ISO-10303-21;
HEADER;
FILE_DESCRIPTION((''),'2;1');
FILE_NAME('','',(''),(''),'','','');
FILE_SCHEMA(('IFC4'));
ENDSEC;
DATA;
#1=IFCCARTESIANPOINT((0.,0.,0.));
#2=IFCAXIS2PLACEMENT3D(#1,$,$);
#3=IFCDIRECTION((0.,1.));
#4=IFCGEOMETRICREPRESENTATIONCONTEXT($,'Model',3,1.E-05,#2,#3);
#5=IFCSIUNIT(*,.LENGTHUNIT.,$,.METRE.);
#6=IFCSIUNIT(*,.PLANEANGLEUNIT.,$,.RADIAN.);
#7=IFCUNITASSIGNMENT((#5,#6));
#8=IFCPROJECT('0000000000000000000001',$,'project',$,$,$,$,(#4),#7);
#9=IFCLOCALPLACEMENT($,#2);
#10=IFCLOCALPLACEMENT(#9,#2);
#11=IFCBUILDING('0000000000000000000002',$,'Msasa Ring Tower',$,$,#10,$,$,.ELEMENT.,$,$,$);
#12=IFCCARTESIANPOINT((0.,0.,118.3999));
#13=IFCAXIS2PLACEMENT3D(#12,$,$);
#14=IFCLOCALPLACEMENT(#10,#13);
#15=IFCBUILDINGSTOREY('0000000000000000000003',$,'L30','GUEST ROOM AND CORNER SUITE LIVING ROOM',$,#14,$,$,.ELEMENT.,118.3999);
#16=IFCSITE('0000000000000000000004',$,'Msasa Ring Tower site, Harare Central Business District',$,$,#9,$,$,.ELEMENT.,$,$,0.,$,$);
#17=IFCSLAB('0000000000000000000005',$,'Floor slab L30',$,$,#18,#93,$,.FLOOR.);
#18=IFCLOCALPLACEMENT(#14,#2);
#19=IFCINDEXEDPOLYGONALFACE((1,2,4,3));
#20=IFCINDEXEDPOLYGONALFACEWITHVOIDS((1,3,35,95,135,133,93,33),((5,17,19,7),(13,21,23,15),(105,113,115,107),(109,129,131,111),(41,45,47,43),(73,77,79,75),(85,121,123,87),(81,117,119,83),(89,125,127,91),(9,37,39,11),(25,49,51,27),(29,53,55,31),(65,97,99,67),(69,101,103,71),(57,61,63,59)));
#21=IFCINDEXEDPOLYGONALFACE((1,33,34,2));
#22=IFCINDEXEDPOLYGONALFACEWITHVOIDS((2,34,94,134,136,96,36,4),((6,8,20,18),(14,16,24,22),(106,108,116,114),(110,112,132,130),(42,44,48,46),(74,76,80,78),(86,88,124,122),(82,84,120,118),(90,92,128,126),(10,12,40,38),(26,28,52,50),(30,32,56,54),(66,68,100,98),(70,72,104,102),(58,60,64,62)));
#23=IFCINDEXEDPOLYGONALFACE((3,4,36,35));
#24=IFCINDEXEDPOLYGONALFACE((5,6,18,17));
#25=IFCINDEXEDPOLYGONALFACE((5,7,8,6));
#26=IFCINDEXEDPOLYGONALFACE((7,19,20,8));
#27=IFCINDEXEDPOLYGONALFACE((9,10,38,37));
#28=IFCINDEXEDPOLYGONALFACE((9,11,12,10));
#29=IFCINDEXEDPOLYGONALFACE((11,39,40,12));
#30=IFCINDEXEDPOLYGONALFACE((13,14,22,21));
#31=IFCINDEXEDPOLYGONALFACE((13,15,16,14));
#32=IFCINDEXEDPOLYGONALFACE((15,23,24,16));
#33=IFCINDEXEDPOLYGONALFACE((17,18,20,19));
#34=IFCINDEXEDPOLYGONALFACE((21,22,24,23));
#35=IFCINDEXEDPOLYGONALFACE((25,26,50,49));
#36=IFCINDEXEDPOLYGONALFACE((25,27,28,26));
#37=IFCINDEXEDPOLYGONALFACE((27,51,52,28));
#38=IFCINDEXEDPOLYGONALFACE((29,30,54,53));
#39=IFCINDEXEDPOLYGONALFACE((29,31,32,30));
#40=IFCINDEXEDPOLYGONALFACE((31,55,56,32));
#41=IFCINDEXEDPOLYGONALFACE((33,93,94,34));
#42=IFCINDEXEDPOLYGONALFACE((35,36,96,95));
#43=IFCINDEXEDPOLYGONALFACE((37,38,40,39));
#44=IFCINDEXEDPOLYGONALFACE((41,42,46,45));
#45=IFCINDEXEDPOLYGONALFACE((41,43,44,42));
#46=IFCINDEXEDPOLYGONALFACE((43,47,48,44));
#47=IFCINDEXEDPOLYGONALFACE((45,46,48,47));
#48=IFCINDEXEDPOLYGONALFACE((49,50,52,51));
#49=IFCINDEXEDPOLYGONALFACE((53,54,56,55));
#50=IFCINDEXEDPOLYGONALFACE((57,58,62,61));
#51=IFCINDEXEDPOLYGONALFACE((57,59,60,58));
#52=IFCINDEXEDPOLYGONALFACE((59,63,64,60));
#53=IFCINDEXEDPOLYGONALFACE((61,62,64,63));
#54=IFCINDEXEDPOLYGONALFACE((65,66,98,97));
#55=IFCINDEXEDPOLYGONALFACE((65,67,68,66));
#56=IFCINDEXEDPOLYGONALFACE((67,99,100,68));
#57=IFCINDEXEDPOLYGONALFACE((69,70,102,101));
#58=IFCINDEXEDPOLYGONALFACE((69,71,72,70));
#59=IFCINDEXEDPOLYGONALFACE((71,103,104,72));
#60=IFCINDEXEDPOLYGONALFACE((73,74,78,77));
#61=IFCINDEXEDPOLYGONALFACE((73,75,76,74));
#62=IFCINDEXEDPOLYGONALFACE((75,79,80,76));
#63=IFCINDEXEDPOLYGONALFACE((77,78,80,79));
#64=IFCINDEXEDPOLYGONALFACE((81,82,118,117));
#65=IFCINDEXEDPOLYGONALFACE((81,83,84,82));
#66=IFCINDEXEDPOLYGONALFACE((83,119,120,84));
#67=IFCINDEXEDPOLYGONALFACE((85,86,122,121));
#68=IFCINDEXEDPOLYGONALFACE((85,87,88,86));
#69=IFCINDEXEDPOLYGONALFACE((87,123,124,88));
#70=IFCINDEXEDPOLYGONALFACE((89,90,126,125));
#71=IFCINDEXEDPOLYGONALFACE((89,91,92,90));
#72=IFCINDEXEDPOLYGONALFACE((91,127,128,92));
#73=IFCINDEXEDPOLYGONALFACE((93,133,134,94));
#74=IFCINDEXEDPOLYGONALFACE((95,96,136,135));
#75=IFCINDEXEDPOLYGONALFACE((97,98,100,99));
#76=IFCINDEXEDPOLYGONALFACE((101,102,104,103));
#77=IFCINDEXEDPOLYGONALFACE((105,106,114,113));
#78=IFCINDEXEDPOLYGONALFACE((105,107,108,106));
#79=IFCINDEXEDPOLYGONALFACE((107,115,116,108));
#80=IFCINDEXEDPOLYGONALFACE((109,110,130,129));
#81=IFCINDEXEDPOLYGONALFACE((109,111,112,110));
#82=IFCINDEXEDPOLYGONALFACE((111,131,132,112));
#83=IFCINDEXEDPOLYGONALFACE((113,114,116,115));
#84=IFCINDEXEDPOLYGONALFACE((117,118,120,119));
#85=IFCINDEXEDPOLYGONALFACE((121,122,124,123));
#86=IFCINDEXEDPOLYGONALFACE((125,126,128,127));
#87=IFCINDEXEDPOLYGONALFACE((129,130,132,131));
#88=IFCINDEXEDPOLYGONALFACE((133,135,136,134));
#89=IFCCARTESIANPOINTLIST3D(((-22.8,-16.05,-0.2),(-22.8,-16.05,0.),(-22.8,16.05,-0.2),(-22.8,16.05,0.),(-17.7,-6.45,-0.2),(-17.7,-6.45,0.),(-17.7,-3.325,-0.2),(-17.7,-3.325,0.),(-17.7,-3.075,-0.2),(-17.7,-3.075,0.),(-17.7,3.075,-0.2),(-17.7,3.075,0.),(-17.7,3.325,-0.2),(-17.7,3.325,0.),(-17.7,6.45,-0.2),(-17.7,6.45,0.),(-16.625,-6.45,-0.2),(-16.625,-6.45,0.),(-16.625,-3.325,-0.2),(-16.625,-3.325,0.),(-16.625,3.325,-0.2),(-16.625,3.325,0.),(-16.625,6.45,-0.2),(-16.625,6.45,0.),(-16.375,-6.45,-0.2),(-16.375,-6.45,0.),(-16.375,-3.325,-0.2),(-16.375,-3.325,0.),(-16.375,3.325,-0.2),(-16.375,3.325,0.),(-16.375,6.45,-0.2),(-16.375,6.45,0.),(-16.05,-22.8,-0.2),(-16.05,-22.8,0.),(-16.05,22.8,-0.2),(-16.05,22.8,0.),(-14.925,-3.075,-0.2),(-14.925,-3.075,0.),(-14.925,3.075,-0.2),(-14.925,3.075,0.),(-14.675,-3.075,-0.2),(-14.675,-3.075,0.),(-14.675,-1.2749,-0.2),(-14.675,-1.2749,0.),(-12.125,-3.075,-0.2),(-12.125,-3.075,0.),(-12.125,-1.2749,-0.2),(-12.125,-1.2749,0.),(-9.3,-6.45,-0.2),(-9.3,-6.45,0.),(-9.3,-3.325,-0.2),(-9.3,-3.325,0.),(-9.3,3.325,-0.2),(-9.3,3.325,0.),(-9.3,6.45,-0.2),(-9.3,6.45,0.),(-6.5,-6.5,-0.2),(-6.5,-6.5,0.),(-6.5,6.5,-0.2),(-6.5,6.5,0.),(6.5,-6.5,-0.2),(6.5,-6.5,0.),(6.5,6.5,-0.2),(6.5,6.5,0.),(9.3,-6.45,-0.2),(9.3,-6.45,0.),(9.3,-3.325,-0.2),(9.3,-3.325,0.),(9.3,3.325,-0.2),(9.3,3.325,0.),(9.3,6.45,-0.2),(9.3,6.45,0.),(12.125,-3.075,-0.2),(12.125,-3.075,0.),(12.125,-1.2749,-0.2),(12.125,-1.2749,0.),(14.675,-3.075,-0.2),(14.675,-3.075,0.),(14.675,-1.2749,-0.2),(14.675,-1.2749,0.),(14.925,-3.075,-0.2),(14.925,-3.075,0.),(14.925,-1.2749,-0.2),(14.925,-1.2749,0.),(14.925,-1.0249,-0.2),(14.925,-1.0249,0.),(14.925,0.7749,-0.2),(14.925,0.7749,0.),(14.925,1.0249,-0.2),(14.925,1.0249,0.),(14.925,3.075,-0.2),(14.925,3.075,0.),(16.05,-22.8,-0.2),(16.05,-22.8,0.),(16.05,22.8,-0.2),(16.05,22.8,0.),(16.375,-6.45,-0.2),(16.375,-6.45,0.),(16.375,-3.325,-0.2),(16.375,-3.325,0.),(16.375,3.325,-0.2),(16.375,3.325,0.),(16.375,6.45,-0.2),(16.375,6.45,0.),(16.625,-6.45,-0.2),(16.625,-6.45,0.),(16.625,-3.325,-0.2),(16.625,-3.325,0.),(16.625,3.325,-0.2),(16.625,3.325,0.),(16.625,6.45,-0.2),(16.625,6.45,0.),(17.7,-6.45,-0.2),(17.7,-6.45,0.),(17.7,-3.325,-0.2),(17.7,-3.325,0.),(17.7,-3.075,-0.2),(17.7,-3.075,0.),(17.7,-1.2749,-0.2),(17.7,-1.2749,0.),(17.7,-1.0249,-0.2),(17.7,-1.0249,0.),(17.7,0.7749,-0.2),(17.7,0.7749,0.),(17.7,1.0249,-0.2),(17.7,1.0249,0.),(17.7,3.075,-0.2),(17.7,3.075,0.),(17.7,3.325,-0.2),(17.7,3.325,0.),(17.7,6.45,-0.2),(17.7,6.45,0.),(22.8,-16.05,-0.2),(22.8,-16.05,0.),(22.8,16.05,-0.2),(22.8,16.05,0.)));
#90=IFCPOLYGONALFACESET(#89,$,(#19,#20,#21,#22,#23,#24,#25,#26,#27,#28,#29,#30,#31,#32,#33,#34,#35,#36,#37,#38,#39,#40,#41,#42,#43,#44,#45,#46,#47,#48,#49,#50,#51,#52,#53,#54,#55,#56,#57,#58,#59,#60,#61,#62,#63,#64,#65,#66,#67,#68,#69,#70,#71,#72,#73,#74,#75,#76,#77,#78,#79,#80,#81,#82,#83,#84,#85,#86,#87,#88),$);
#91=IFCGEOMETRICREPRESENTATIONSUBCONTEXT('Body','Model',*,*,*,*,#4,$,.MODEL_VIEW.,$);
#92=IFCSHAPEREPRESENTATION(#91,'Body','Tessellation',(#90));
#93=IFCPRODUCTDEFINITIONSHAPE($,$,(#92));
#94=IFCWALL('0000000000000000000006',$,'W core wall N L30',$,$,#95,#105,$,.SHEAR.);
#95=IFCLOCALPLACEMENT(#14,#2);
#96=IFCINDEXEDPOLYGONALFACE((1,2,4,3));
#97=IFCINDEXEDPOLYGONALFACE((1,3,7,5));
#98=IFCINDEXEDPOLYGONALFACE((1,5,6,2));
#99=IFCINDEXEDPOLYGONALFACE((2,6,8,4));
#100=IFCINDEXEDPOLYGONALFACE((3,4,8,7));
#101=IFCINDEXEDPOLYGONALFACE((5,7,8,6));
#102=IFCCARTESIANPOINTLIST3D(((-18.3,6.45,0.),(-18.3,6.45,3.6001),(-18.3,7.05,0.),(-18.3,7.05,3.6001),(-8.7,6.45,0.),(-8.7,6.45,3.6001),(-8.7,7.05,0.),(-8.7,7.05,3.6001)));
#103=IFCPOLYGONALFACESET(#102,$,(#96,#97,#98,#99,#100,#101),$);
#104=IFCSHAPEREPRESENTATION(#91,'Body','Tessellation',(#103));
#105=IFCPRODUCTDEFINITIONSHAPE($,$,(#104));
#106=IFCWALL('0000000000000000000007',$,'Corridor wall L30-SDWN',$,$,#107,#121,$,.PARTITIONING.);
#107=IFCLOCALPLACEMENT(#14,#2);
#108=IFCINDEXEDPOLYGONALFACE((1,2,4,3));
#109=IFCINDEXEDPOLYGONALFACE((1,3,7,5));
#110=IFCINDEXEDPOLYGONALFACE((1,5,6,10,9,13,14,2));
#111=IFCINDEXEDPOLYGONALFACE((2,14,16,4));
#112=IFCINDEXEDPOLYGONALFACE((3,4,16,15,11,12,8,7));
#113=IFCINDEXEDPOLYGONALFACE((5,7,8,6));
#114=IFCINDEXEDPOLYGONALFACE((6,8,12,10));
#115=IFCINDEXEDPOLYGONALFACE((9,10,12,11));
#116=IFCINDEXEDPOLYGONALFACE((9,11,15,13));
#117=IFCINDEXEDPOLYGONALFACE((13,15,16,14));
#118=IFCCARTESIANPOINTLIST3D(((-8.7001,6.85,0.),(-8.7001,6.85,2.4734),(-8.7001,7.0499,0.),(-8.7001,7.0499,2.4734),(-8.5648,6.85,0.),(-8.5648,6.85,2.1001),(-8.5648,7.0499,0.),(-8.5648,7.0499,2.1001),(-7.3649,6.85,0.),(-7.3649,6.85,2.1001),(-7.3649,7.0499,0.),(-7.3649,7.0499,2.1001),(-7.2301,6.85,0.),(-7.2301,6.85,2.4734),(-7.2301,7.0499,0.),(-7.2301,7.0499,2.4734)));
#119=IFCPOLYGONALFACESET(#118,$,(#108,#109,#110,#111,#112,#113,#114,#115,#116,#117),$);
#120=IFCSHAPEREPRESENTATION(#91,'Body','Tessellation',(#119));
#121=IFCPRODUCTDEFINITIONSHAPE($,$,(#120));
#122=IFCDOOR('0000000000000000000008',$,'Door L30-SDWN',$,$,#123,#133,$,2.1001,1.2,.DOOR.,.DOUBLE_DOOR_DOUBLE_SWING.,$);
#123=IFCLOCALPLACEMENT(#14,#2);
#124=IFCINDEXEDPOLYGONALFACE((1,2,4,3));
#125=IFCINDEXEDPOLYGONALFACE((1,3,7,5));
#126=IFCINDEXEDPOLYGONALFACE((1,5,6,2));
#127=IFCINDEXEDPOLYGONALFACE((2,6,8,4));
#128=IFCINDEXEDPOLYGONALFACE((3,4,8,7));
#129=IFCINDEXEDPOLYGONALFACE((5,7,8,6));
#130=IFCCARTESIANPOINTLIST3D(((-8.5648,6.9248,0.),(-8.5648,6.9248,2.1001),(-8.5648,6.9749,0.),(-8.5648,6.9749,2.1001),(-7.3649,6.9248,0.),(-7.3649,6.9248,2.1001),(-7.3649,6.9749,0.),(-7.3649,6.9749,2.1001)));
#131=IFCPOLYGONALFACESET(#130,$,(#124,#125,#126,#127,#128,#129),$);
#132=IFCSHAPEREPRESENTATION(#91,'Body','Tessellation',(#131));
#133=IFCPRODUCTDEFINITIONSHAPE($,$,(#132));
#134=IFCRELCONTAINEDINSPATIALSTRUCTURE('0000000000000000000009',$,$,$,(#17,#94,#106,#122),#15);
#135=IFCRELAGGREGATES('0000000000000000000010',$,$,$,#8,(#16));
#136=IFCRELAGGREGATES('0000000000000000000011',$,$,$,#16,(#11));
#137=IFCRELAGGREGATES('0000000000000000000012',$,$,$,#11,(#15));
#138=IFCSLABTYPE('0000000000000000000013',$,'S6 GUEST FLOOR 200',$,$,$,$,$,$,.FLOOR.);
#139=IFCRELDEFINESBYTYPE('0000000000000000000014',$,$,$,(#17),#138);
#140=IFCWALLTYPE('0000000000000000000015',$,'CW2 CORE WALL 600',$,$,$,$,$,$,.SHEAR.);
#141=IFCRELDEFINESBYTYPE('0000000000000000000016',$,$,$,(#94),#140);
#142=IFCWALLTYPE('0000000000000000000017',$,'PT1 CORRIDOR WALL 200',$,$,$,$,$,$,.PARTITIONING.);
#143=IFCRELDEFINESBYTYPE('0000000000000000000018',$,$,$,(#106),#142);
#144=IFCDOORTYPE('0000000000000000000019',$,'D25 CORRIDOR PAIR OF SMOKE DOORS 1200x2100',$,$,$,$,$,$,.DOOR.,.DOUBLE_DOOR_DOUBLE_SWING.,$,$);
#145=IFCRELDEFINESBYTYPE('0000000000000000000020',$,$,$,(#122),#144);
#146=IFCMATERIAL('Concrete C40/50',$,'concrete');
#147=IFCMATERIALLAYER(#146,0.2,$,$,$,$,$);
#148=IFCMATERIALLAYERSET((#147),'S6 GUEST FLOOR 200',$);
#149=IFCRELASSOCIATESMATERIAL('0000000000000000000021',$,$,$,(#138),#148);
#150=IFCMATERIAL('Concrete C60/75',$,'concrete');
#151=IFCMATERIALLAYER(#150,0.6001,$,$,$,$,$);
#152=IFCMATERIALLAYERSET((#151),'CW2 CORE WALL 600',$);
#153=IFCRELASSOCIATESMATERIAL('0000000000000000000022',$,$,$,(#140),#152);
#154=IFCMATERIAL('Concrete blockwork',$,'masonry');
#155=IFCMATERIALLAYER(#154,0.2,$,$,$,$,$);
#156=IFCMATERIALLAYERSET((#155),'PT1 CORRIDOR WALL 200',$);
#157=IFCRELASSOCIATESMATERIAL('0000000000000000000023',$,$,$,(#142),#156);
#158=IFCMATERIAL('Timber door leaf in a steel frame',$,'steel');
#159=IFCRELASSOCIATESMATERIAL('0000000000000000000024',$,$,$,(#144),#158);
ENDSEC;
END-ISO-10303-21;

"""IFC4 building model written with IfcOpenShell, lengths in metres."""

from ifc_helpers import new_model, si_unit, direction, frame, frame_2d, origin, place, context, subcontext, project, spatial, polyline, rectangle, outline, extrude, material, layer, layer_set, type_object, element, fill, save


model = new_model("IFC4")

# Units and contexts
model_context = context("Model", 3, precision=1e-05, world=origin(), true_north=direction((0.0, 1.0)))
body_context = subcontext(model_context, "Body", "Model", "MODEL_VIEW")
ifc_project = project(units=[si_unit("LENGTHUNIT", "METRE"), si_unit("PLANEANGLEUNIT", "RADIAN")], contexts=[model_context])

# Site, building, storey
site_placement = place(None, origin())
site = spatial("IfcSite", under=ifc_project, at=site_placement, Name="Msasa Ring Tower site, Harare Central Business District", CompositionType="ELEMENT", RefElevation=0.0)
building_placement = place(site_placement, origin())
building = spatial("IfcBuilding", under=site, at=building_placement, Name="Msasa Ring Tower", CompositionType="ELEMENT")
storey_placement = place(building_placement, frame((0.0, 0.0, 118.3999)))
storey = spatial("IfcBuildingStorey", under=building, at=storey_placement, Name="L30", Description="GUEST ROOM AND CORNER SUITE LIVING ROOM", CompositionType="ELEMENT", Elevation=118.3999)

# Slab
ifc_material_1 = material(Name="Concrete C40/50", Category="concrete")
ifc_layer_1 = layer(ifc_material_1, 0.2)
ifc_layer_set_1 = layer_set([ifc_layer_1], Name="S6 GUEST FLOOR 200")
slab_type = type_object("IfcSlabType", Name="S6 GUEST FLOOR 200", PredefinedType="FLOOR", material=ifc_layer_set_1)
slab_placement = place(storey_placement, frame((0.0, 0.0, -0.2)))
element("IfcSlab", 1, at=slab_placement, inside=storey, type_object=slab_type, Name="Floor slab L30", PredefinedType="FLOOR", context=body_context, shape_type="SweptSolid", body=[
    extrude(outline(polyline([(-16.05, -22.8), (16.05, -22.8), (22.8, -16.05), (22.8, 16.05), (16.05, 22.8), (-16.05, 22.8), (-22.8, 16.05), (-22.8, -16.05), (-16.05, -22.8)]), holes=[polyline([(-6.5, -6.5), (6.5, -6.5), (6.5, 6.5), (-6.5, 6.5), (-6.5, -6.5)]), polyline([(9.3, -6.45), (16.375, -6.45), (16.375, -3.325), (9.3, -3.325), (9.3, -6.45)]), polyline([(9.3, 3.325), (16.375, 3.325), (16.375, 6.45), (9.3, 6.45), (9.3, 3.325)]), polyline([(12.125, -3.075), (14.675, -3.075), (14.675, -1.2749), (12.125, -1.2749), (12.125, -3.075)]), polyline([(16.625, -6.45), (17.7, -6.45), (17.7, -3.325), (16.625, -3.325), (16.625, -6.45)]), polyline([(16.625, 3.325), (17.7, 3.325), (17.7, 6.45), (16.625, 6.45), (16.625, 3.325)]), polyline([(14.925, -3.075), (17.7, -3.075), (17.7, -1.2749), (14.925, -1.2749), (14.925, -3.075)]), polyline([(14.925, -1.0249), (17.7, -1.0249), (17.7, 0.7749), (14.925, 0.7749), (14.925, -1.0249)]), polyline([(14.925, 1.0249), (17.7, 1.0249), (17.7, 3.075), (14.925, 3.075), (14.925, 1.0249)]), polyline([(-16.375, -6.45), (-9.3, -6.45), (-9.3, -3.325), (-16.375, -3.325), (-16.375, -6.45)]), polyline([(-16.375, 3.325), (-9.3, 3.325), (-9.3, 6.45), (-16.375, 6.45), (-16.375, 3.325)]), polyline([(-14.675, -3.075), (-12.125, -3.075), (-12.125, -1.2749), (-14.675, -1.2749), (-14.675, -3.075)]), polyline([(-17.7, -6.45), (-16.625, -6.45), (-16.625, -3.325), (-17.7, -3.325), (-17.7, -6.45)]), polyline([(-17.7, 3.325), (-16.625, 3.325), (-16.625, 6.45), (-17.7, 6.45), (-17.7, 3.325)]), polyline([(-17.7, -3.075), (-14.925, -3.075), (-14.925, 3.075), (-17.7, 3.075), (-17.7, -3.075)])]), origin(), (0.0, 0.0, 1.0), 0.2),
])

# Wall
ifc_material_2 = material(Name="Concrete C60/75", Category="concrete")
ifc_layer_2 = layer(ifc_material_2, 0.6001)
ifc_layer_set_2 = layer_set([ifc_layer_2], Name="CW2 CORE WALL 600")
wall_type_1 = type_object("IfcWallType", Name="CW2 CORE WALL 600", PredefinedType="SHEAR", material=ifc_layer_set_2)
wall_1_placement = place(storey_placement, frame((-8.7, 6.75, 0.0), z_axis=(0.0, 0.0, 1.0), x_axis=(-1.0, 0.0, 0.0)))
element("IfcWall", 2, at=wall_1_placement, inside=storey, type_object=wall_type_1, Name="W core wall N L30", PredefinedType="SHEAR", context=body_context, shape_type="SweptSolid", body=[
    extrude(rectangle(XDim=9.6001, YDim=0.6001, at=frame_2d((4.8, 0.0))), origin(), (0.0, 0.0, 1.0), 3.6001),
])

# Wall, opening, door
ifc_material_3 = material(Name="Concrete blockwork", Category="masonry")
ifc_layer_3 = layer(ifc_material_3, 0.2)
ifc_layer_set_3 = layer_set([ifc_layer_3], Name="PT1 CORRIDOR WALL 200")
wall_type_2 = type_object("IfcWallType", Name="PT1 CORRIDOR WALL 200", PredefinedType="PARTITIONING", material=ifc_layer_set_3)
wall_2_placement = place(storey_placement, frame((-8.7, 6.95, 0.0), z_axis=(0.0, 0.0, 1.0), x_axis=(1.0, 0.0, 0.0)))
wall_2 = element("IfcWall", 3, at=wall_2_placement, inside=storey, type_object=wall_type_2, Name="Corridor wall L30-SDWN", PredefinedType="PARTITIONING", context=body_context, shape_type="SweptSolid", body=[
    extrude(rectangle(XDim=1.47, YDim=0.2, at=frame_2d((0.7349, 0.0))), origin(), (0.0, 0.0, 1.0), 2.4734),
])
opening_placement = place(wall_2_placement, frame((0.135, 0.0, 0.0)))
opening = element("IfcOpeningElement", 4, at=opening_placement, cuts=wall_2, PredefinedType="OPENING", context=body_context, shape_type="SweptSolid", body=[
    extrude(rectangle(XDim=1.2, YDim=2.1001, at=frame_2d((0.6001, 1.05))), frame((0.0, 0.1099, 0.0), z_axis=(0.0, -1.0, 0.0), x_axis=(1.0, 0.0, 0.0)), (0.0, 0.0, 1.0), 0.22),
])
ifc_material_4 = material(Name="Timber door leaf in a steel frame", Category="steel")
door_type = type_object("IfcDoorType", Name="D25 CORRIDOR PAIR OF SMOKE DOORS 1200x2100", OperationType="DOUBLE_DOOR_DOUBLE_SWING", PredefinedType="DOOR", material=ifc_material_4)
door_placement = place(opening_placement, origin())
door = element("IfcDoor", 5, at=door_placement, inside=storey, type_object=door_type, Name="Door L30-SDWN", OperationType="DOUBLE_DOOR_DOUBLE_SWING", OverallHeight=2.1001, OverallWidth=1.2, PredefinedType="DOOR", context=body_context, shape_type="SweptSolid", body=[
    extrude(rectangle(XDim=1.2, YDim=2.1001, at=frame_2d((0.6001, 1.05))), frame((0.0, 0.0249, 0.0), z_axis=(0.0, -1.0, 0.0), x_axis=(1.0, 0.0, 0.0)), (0.0, 0.0, 1.0), 0.05),
])
fill(opening, door)

save(model, "model.ifc")
